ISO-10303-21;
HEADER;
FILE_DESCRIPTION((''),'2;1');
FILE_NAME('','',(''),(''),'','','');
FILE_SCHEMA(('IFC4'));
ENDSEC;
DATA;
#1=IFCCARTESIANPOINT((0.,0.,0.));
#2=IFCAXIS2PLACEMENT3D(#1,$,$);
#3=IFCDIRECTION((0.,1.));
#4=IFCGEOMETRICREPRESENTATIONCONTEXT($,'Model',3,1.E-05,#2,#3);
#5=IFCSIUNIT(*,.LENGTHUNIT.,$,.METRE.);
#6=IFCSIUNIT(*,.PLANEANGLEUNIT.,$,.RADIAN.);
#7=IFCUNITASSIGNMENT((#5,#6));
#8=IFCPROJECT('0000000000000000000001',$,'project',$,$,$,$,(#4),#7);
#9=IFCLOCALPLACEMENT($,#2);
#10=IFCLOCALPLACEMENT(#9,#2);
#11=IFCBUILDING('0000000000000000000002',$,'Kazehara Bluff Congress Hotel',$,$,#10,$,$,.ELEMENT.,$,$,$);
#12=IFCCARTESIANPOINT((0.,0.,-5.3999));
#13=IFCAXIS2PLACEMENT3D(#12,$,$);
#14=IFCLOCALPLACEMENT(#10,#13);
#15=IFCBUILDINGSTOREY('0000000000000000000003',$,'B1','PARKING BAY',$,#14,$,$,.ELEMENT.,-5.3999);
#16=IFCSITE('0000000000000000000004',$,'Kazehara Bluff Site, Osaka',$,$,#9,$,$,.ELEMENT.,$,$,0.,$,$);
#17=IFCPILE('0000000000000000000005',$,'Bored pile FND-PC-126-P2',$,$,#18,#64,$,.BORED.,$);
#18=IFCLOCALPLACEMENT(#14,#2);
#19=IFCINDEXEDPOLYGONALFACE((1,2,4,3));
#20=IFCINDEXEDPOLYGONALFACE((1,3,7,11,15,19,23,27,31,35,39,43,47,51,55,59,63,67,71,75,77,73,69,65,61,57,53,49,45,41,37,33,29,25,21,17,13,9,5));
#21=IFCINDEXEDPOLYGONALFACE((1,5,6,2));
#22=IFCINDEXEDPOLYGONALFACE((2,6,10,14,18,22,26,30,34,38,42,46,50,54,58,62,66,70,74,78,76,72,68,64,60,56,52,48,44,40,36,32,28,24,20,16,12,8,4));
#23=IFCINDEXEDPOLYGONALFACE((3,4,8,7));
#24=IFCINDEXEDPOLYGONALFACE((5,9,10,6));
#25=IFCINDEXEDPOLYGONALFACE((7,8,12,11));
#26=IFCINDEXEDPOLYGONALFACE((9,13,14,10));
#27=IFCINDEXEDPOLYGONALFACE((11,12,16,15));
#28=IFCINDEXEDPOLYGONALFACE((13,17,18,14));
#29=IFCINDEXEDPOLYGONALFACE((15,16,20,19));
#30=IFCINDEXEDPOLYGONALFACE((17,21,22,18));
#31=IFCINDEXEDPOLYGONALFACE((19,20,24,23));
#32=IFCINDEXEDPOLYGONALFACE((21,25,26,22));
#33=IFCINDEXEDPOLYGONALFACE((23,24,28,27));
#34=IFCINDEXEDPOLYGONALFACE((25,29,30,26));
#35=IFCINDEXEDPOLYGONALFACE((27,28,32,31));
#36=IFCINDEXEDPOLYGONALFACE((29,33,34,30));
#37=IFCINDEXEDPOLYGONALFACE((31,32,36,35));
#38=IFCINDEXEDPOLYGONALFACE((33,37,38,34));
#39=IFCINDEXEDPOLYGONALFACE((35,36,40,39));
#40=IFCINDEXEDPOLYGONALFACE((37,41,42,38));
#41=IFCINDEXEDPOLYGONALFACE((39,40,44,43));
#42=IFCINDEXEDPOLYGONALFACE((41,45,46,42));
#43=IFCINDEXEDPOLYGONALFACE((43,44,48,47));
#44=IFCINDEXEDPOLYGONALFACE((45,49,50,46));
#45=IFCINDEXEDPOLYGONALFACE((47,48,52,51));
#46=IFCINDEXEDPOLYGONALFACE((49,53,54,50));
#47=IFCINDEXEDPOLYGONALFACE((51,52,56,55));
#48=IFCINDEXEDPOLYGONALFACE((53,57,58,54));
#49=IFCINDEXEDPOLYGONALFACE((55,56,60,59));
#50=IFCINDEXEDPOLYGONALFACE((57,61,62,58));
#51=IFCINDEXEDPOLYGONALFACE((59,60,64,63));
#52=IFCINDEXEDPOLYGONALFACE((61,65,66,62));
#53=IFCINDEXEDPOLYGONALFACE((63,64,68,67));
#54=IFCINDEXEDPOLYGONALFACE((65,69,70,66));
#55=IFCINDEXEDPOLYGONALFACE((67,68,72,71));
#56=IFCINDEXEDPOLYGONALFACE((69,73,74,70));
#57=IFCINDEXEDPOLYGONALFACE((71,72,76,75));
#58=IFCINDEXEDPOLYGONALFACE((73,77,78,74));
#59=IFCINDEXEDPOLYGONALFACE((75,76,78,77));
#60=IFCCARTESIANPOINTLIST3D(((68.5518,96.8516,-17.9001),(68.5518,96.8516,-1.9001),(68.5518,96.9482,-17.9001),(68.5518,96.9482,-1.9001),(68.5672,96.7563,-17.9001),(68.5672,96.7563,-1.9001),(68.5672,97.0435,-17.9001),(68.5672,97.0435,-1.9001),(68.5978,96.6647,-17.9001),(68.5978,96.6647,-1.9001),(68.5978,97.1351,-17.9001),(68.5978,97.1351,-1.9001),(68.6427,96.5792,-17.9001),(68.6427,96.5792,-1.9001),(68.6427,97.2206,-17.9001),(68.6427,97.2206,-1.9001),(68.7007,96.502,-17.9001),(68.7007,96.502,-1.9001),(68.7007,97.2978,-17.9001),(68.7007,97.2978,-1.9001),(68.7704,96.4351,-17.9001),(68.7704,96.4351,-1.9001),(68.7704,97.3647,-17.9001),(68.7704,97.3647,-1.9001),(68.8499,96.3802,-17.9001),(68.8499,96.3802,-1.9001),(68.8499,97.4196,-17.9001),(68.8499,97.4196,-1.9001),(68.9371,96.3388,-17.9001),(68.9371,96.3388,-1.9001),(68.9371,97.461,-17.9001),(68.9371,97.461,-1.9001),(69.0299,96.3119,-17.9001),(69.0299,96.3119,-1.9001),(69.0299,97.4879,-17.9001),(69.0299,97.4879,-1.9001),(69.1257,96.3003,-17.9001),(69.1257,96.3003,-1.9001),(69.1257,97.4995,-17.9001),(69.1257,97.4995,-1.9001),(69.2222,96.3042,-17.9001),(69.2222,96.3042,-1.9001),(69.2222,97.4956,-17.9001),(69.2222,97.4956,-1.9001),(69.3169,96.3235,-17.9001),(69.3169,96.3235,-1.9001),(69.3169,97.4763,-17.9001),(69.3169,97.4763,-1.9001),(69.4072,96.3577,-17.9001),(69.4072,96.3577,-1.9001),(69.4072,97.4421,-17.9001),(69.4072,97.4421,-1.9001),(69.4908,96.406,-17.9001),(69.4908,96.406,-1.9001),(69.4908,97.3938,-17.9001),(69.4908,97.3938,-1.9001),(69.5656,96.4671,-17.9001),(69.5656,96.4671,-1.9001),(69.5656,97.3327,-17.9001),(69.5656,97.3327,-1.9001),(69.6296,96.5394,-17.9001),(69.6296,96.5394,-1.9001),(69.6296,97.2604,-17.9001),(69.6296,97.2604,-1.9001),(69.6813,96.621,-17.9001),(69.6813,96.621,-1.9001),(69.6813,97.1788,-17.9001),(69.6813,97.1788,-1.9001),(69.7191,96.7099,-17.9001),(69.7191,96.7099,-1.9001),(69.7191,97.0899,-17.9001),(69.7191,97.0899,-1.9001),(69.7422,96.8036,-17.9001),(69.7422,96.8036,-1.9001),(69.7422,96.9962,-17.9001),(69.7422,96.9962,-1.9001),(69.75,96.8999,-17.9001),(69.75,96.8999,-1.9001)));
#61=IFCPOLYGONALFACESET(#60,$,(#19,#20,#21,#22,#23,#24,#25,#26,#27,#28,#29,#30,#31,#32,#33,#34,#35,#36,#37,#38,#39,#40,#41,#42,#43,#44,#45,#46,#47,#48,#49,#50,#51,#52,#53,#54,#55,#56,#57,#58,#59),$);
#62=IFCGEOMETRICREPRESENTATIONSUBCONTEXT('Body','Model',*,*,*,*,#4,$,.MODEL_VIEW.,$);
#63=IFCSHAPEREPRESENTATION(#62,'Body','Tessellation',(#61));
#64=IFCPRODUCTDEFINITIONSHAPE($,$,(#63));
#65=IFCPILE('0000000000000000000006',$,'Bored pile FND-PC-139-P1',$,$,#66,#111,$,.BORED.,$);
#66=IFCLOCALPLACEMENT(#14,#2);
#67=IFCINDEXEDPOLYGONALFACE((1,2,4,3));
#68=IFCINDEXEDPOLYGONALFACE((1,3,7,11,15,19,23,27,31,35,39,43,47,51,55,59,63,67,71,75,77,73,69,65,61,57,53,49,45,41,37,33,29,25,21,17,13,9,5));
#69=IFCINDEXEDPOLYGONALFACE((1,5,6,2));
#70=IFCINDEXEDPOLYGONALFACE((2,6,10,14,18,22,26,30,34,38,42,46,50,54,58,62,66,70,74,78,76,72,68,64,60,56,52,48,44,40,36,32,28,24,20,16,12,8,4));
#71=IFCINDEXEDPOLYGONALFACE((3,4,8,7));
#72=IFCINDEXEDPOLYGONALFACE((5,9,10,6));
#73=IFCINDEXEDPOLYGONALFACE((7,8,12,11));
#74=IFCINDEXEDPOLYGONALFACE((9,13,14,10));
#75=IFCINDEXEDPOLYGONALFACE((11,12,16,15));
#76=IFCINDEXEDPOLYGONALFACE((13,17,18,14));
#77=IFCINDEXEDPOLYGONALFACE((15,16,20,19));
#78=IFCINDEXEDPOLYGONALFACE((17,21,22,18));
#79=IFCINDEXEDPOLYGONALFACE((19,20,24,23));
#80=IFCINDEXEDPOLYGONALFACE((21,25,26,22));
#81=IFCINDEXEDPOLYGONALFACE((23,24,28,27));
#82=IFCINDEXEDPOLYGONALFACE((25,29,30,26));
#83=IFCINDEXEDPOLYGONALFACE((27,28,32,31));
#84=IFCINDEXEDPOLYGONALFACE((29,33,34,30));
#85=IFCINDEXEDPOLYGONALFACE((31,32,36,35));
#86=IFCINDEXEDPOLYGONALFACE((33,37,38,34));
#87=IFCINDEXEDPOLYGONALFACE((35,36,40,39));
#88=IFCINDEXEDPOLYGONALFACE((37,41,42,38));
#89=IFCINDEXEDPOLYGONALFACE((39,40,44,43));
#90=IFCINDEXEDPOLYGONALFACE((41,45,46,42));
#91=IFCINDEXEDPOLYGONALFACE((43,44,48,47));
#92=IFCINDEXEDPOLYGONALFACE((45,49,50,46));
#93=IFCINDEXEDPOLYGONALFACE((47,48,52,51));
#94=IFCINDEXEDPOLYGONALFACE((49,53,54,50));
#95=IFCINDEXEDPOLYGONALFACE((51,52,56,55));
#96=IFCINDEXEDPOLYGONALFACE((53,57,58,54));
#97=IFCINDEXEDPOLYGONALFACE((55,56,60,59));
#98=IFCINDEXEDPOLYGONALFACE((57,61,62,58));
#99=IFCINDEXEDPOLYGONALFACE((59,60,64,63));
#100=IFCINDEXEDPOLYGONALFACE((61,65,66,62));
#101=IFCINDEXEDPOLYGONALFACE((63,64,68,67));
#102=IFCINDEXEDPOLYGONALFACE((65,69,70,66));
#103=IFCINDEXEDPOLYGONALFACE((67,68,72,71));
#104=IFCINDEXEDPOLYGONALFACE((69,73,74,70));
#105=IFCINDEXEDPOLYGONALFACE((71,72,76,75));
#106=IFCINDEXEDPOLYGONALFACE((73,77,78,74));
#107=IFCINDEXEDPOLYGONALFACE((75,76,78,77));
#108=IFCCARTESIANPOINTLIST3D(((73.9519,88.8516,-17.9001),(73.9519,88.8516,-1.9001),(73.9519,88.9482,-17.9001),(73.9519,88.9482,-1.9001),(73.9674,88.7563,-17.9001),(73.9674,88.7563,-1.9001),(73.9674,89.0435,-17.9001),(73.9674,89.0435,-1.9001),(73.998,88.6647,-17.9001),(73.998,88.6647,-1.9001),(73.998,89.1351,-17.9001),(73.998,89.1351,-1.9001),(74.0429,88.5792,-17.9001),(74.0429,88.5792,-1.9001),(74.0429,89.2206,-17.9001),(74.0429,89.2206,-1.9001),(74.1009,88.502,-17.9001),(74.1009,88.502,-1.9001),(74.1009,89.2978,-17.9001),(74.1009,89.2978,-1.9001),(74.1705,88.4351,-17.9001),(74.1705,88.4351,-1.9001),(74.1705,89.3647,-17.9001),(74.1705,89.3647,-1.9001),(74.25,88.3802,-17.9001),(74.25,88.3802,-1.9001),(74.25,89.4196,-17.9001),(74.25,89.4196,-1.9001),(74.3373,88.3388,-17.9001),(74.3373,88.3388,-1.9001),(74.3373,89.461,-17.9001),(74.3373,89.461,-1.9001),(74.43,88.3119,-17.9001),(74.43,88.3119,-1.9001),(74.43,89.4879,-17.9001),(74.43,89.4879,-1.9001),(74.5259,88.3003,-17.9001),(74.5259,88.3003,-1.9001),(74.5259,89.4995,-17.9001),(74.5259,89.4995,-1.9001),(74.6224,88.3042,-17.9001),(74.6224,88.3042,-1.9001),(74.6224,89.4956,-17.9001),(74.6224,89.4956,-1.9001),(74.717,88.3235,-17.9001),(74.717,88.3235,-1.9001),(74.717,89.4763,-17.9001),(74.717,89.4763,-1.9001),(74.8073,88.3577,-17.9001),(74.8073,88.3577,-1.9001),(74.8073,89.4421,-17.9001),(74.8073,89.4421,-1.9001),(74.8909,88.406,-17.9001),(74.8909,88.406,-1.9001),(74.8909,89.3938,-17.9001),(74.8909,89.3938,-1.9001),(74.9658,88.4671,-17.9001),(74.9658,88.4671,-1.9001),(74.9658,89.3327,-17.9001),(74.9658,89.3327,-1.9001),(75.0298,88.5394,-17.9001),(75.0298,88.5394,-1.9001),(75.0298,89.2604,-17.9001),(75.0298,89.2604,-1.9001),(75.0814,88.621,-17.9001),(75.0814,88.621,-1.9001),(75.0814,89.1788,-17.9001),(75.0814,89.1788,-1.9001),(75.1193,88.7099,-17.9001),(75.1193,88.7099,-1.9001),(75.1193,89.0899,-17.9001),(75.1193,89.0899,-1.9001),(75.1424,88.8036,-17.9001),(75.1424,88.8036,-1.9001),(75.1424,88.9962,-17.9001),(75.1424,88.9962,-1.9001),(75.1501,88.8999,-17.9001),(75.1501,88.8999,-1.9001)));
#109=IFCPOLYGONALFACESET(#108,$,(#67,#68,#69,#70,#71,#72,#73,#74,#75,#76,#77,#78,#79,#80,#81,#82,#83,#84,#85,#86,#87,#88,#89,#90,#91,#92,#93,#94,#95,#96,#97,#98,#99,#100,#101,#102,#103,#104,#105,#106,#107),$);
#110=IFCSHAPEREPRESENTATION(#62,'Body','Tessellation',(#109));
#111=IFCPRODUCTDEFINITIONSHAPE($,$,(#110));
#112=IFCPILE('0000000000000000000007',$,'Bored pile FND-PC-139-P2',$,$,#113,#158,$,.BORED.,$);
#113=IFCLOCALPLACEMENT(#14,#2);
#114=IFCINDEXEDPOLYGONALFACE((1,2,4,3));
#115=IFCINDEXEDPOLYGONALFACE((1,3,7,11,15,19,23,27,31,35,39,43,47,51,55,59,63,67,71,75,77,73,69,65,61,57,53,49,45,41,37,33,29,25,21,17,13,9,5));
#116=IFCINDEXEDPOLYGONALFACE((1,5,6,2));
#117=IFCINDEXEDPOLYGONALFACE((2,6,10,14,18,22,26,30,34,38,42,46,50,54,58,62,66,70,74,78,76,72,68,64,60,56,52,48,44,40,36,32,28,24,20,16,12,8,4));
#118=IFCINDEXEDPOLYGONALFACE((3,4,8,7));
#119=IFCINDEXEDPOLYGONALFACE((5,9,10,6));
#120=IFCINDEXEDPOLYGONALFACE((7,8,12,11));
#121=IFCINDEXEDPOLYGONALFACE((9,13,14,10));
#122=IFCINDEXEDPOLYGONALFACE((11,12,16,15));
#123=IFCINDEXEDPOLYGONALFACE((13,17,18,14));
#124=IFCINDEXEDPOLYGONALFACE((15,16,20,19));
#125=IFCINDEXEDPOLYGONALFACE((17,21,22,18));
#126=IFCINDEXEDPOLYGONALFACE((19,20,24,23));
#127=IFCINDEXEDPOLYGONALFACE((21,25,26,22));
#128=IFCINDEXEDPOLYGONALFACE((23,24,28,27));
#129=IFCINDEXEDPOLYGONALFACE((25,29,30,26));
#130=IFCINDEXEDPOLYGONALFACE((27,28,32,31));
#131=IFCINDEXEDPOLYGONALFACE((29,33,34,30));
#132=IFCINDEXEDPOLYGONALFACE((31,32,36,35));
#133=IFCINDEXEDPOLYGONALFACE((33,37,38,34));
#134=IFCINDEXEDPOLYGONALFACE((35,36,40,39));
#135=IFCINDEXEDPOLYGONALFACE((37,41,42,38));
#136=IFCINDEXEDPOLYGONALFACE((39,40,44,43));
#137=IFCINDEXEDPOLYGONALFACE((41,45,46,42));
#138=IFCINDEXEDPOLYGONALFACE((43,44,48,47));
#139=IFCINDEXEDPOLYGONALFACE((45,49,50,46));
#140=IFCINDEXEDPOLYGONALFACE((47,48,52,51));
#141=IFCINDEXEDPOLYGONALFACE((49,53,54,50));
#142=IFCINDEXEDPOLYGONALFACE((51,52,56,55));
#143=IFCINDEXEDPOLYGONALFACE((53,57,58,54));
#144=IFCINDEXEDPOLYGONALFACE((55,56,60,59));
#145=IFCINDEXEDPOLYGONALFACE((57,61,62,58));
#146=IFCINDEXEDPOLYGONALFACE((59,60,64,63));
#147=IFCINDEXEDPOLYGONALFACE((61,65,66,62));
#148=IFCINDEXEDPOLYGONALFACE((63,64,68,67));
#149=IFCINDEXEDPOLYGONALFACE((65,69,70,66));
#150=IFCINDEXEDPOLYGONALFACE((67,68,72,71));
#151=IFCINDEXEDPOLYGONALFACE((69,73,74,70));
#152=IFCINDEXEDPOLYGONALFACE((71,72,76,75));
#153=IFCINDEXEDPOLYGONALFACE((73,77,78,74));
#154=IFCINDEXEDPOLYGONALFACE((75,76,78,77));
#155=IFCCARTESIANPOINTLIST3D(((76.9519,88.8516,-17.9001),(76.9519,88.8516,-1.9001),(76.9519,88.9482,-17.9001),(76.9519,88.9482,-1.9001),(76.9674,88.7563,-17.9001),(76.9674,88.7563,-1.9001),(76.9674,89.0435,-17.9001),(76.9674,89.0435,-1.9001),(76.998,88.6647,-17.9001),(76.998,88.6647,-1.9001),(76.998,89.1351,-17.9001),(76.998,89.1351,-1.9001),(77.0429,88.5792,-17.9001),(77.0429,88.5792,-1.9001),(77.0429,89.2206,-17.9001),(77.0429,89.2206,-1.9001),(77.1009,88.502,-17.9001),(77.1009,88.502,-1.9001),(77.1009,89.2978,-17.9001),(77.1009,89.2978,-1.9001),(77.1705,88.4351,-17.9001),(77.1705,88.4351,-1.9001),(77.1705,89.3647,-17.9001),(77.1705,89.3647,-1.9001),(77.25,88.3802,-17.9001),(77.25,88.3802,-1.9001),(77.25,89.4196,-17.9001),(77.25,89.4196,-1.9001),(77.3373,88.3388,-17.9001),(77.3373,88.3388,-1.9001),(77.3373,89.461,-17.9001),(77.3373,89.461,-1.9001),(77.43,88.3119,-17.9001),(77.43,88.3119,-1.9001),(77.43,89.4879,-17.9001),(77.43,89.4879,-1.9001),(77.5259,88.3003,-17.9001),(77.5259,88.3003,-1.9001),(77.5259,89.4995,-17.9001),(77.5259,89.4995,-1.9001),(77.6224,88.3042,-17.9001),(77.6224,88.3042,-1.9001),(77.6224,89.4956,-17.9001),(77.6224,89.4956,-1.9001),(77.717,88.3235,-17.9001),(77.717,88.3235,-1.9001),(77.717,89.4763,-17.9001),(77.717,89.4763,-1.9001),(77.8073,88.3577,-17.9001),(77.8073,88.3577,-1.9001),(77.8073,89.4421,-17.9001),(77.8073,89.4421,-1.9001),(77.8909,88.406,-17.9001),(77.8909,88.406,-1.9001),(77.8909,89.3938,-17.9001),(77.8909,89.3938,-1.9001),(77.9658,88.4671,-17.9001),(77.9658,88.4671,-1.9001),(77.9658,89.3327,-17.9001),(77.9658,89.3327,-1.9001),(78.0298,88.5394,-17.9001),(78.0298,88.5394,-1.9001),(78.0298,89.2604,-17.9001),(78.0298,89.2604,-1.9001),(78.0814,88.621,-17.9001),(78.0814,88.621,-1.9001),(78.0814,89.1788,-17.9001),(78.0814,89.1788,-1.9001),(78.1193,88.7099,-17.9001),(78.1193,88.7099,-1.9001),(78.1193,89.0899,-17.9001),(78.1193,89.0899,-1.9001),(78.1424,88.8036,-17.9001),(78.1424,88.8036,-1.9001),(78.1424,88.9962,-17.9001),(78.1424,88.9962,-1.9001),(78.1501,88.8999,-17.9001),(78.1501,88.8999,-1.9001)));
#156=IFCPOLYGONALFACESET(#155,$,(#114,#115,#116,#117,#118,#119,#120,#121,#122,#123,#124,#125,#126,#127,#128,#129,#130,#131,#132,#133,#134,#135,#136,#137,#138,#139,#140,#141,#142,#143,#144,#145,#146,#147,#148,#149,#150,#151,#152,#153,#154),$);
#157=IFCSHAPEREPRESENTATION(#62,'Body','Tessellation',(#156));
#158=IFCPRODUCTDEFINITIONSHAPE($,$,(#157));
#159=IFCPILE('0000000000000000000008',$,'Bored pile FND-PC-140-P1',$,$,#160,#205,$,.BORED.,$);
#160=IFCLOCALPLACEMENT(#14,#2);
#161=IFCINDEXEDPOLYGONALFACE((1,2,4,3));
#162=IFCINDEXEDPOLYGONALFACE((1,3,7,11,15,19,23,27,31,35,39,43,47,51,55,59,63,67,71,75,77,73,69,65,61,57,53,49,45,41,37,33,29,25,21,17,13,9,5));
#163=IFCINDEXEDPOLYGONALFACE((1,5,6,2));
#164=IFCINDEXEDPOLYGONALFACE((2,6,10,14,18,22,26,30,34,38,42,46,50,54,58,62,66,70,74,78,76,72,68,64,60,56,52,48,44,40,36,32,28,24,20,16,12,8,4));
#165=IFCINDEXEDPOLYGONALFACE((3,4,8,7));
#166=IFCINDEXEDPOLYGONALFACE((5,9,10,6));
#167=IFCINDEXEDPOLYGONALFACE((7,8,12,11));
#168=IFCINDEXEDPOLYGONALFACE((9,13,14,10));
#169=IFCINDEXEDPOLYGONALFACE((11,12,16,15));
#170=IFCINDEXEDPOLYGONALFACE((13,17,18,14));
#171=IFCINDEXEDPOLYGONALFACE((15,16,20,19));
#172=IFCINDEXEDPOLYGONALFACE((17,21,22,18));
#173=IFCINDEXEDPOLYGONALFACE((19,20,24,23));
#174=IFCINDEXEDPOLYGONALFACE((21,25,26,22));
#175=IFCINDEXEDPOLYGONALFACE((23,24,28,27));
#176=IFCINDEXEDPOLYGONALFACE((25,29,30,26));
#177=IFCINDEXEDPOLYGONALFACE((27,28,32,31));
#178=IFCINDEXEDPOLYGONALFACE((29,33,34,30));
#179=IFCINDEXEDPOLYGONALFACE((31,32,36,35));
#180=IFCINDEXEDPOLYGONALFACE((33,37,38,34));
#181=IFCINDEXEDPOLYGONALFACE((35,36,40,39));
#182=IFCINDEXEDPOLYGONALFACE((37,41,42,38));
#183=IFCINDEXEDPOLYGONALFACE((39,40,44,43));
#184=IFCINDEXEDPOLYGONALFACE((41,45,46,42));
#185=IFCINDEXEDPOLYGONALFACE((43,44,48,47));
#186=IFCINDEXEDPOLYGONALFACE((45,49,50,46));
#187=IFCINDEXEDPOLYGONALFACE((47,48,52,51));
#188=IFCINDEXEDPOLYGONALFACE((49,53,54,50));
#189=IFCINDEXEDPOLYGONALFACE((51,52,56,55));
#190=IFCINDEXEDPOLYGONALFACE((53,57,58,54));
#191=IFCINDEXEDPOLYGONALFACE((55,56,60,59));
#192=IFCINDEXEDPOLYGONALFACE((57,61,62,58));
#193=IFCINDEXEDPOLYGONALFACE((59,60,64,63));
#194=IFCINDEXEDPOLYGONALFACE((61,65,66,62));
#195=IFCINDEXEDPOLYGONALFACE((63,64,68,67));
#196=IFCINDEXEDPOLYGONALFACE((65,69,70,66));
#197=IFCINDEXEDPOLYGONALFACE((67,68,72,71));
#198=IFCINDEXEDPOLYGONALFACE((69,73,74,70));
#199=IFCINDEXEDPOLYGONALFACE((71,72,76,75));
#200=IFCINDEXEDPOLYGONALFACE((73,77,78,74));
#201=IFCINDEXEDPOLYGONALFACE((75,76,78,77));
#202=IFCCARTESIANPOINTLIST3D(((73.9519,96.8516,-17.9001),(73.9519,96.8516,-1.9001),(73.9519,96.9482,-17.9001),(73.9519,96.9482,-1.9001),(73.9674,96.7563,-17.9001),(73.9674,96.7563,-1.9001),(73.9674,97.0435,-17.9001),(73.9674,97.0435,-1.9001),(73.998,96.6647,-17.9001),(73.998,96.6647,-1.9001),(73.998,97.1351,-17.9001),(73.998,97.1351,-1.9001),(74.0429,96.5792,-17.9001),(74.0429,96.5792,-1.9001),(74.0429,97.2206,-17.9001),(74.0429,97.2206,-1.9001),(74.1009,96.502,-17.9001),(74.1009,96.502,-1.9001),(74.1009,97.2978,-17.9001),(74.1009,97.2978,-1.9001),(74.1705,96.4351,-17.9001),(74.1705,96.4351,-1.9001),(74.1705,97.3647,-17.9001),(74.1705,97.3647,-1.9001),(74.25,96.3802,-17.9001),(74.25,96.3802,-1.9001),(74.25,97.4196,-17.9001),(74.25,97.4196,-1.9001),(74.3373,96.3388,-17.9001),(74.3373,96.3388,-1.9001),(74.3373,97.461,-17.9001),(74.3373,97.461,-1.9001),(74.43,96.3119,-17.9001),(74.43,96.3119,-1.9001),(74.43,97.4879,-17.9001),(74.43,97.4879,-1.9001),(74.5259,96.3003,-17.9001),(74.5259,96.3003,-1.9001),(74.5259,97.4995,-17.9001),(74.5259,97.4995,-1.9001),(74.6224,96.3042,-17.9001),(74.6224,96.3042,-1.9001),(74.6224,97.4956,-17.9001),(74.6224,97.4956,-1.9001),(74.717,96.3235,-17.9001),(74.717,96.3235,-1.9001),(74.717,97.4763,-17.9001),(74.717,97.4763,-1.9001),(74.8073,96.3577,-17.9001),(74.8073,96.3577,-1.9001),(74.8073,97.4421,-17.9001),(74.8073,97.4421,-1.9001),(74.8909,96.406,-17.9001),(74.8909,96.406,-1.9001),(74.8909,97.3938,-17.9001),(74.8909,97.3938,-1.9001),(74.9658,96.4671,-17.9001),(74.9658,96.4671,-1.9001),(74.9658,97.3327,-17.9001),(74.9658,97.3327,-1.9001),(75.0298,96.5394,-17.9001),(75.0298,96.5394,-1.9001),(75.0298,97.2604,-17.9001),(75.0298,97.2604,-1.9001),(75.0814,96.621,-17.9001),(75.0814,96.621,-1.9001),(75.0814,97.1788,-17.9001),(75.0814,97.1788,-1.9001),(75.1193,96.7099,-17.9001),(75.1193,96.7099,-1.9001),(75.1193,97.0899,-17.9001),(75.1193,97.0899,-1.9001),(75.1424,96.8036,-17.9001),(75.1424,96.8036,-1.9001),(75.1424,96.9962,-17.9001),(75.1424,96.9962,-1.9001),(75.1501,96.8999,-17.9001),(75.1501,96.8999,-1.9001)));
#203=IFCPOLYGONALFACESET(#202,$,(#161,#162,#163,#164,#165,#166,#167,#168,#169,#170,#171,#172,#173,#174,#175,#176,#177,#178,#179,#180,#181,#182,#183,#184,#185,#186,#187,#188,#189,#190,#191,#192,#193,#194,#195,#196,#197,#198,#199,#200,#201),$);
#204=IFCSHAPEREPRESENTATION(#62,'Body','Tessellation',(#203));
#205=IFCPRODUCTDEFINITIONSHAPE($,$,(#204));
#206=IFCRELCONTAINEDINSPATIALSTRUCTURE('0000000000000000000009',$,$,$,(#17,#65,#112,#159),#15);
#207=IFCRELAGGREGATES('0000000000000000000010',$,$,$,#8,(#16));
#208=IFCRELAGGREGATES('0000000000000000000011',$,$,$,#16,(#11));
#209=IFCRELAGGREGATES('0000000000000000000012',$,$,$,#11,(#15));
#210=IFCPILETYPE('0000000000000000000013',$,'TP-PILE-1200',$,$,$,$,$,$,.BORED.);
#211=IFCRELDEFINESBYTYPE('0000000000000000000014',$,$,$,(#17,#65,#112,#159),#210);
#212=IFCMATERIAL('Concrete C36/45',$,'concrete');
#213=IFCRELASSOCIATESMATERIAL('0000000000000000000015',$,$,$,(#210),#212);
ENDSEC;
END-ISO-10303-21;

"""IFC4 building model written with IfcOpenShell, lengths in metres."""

from ifc_helpers import new_model, si_unit, direction, frame, origin, origin_2d, place, context, subcontext, project, spatial, circle, extrude, material, material_profile, profile_set, type_object, element, save


model = new_model("IFC4")

# Units and contexts
model_context = context("Model", 3, precision=1e-05, world=origin(), true_north=direction((0.0, 1.0)))
body_context = subcontext(model_context, "Body", "Model", "MODEL_VIEW")
ifc_project = project(units=[si_unit("LENGTHUNIT", "METRE"), si_unit("PLANEANGLEUNIT", "RADIAN")], contexts=[model_context])

# Site, building, storey
site_placement = place(None, origin())
site = spatial("IfcSite", under=ifc_project, at=site_placement, Name="Kazehara Bluff Site, Osaka", CompositionType="ELEMENT", RefElevation=0.0)
building_placement = place(site_placement, origin())
building = spatial("IfcBuilding", under=site, at=building_placement, Name="Kazehara Bluff Congress Hotel", CompositionType="ELEMENT")
storey_placement = place(building_placement, frame((0.0, 0.0, -5.3999)))
storey = spatial("IfcBuildingStorey", under=building, at=storey_placement, Name="B1", Description="PARKING BAY", CompositionType="ELEMENT", Elevation=-5.3999)

# Piles
ifc_material_1 = material(Name="Concrete C36/45", Category="concrete")
ifc_material_profile_1 = material_profile(ifc_material_1, circle(Radius=0.6001, at=origin_2d()))
ifc_profile_set_1 = profile_set([ifc_material_profile_1], Name="Concrete C36/45")
pile_type = type_object("IfcPileType", Name="TP-PILE-1200", PredefinedType="BORED", material=ifc_profile_set_1)
for number, where, z_axis, x_axis, name in (
    (1, (69.1499, 96.8999, -1.9001), (0.0, 0.0, -1.0), (1.0, 0.0, 0.0), "Bored pile FND-PC-126-P2"),
    (2, (74.55, 88.8999, -1.9001), (0.0, 0.0, -1.0), (1.0, 0.0, 0.0), "Bored pile FND-PC-139-P1"),
    (3, (77.55, 88.8999, -1.9001), (0.0, 0.0, -1.0), (1.0, 0.0, 0.0), "Bored pile FND-PC-139-P2"),
    (4, (74.55, 96.8999, -1.9001), (0.0, 0.0, -1.0), (1.0, 0.0, 0.0), "Bored pile FND-PC-140-P1"),
):
    element("IfcPile", number, at=place(storey_placement, frame(where, z_axis=z_axis, x_axis=x_axis)), inside=storey, type_object=pile_type, Name=name, PredefinedType="BORED", context=body_context, shape_type="SweptSolid", body=[
        extrude(circle(Radius=0.6001, at=origin_2d()), origin(), (0.0, 0.0, 1.0), 16.0),
    ])

save(model, "model.ifc")
